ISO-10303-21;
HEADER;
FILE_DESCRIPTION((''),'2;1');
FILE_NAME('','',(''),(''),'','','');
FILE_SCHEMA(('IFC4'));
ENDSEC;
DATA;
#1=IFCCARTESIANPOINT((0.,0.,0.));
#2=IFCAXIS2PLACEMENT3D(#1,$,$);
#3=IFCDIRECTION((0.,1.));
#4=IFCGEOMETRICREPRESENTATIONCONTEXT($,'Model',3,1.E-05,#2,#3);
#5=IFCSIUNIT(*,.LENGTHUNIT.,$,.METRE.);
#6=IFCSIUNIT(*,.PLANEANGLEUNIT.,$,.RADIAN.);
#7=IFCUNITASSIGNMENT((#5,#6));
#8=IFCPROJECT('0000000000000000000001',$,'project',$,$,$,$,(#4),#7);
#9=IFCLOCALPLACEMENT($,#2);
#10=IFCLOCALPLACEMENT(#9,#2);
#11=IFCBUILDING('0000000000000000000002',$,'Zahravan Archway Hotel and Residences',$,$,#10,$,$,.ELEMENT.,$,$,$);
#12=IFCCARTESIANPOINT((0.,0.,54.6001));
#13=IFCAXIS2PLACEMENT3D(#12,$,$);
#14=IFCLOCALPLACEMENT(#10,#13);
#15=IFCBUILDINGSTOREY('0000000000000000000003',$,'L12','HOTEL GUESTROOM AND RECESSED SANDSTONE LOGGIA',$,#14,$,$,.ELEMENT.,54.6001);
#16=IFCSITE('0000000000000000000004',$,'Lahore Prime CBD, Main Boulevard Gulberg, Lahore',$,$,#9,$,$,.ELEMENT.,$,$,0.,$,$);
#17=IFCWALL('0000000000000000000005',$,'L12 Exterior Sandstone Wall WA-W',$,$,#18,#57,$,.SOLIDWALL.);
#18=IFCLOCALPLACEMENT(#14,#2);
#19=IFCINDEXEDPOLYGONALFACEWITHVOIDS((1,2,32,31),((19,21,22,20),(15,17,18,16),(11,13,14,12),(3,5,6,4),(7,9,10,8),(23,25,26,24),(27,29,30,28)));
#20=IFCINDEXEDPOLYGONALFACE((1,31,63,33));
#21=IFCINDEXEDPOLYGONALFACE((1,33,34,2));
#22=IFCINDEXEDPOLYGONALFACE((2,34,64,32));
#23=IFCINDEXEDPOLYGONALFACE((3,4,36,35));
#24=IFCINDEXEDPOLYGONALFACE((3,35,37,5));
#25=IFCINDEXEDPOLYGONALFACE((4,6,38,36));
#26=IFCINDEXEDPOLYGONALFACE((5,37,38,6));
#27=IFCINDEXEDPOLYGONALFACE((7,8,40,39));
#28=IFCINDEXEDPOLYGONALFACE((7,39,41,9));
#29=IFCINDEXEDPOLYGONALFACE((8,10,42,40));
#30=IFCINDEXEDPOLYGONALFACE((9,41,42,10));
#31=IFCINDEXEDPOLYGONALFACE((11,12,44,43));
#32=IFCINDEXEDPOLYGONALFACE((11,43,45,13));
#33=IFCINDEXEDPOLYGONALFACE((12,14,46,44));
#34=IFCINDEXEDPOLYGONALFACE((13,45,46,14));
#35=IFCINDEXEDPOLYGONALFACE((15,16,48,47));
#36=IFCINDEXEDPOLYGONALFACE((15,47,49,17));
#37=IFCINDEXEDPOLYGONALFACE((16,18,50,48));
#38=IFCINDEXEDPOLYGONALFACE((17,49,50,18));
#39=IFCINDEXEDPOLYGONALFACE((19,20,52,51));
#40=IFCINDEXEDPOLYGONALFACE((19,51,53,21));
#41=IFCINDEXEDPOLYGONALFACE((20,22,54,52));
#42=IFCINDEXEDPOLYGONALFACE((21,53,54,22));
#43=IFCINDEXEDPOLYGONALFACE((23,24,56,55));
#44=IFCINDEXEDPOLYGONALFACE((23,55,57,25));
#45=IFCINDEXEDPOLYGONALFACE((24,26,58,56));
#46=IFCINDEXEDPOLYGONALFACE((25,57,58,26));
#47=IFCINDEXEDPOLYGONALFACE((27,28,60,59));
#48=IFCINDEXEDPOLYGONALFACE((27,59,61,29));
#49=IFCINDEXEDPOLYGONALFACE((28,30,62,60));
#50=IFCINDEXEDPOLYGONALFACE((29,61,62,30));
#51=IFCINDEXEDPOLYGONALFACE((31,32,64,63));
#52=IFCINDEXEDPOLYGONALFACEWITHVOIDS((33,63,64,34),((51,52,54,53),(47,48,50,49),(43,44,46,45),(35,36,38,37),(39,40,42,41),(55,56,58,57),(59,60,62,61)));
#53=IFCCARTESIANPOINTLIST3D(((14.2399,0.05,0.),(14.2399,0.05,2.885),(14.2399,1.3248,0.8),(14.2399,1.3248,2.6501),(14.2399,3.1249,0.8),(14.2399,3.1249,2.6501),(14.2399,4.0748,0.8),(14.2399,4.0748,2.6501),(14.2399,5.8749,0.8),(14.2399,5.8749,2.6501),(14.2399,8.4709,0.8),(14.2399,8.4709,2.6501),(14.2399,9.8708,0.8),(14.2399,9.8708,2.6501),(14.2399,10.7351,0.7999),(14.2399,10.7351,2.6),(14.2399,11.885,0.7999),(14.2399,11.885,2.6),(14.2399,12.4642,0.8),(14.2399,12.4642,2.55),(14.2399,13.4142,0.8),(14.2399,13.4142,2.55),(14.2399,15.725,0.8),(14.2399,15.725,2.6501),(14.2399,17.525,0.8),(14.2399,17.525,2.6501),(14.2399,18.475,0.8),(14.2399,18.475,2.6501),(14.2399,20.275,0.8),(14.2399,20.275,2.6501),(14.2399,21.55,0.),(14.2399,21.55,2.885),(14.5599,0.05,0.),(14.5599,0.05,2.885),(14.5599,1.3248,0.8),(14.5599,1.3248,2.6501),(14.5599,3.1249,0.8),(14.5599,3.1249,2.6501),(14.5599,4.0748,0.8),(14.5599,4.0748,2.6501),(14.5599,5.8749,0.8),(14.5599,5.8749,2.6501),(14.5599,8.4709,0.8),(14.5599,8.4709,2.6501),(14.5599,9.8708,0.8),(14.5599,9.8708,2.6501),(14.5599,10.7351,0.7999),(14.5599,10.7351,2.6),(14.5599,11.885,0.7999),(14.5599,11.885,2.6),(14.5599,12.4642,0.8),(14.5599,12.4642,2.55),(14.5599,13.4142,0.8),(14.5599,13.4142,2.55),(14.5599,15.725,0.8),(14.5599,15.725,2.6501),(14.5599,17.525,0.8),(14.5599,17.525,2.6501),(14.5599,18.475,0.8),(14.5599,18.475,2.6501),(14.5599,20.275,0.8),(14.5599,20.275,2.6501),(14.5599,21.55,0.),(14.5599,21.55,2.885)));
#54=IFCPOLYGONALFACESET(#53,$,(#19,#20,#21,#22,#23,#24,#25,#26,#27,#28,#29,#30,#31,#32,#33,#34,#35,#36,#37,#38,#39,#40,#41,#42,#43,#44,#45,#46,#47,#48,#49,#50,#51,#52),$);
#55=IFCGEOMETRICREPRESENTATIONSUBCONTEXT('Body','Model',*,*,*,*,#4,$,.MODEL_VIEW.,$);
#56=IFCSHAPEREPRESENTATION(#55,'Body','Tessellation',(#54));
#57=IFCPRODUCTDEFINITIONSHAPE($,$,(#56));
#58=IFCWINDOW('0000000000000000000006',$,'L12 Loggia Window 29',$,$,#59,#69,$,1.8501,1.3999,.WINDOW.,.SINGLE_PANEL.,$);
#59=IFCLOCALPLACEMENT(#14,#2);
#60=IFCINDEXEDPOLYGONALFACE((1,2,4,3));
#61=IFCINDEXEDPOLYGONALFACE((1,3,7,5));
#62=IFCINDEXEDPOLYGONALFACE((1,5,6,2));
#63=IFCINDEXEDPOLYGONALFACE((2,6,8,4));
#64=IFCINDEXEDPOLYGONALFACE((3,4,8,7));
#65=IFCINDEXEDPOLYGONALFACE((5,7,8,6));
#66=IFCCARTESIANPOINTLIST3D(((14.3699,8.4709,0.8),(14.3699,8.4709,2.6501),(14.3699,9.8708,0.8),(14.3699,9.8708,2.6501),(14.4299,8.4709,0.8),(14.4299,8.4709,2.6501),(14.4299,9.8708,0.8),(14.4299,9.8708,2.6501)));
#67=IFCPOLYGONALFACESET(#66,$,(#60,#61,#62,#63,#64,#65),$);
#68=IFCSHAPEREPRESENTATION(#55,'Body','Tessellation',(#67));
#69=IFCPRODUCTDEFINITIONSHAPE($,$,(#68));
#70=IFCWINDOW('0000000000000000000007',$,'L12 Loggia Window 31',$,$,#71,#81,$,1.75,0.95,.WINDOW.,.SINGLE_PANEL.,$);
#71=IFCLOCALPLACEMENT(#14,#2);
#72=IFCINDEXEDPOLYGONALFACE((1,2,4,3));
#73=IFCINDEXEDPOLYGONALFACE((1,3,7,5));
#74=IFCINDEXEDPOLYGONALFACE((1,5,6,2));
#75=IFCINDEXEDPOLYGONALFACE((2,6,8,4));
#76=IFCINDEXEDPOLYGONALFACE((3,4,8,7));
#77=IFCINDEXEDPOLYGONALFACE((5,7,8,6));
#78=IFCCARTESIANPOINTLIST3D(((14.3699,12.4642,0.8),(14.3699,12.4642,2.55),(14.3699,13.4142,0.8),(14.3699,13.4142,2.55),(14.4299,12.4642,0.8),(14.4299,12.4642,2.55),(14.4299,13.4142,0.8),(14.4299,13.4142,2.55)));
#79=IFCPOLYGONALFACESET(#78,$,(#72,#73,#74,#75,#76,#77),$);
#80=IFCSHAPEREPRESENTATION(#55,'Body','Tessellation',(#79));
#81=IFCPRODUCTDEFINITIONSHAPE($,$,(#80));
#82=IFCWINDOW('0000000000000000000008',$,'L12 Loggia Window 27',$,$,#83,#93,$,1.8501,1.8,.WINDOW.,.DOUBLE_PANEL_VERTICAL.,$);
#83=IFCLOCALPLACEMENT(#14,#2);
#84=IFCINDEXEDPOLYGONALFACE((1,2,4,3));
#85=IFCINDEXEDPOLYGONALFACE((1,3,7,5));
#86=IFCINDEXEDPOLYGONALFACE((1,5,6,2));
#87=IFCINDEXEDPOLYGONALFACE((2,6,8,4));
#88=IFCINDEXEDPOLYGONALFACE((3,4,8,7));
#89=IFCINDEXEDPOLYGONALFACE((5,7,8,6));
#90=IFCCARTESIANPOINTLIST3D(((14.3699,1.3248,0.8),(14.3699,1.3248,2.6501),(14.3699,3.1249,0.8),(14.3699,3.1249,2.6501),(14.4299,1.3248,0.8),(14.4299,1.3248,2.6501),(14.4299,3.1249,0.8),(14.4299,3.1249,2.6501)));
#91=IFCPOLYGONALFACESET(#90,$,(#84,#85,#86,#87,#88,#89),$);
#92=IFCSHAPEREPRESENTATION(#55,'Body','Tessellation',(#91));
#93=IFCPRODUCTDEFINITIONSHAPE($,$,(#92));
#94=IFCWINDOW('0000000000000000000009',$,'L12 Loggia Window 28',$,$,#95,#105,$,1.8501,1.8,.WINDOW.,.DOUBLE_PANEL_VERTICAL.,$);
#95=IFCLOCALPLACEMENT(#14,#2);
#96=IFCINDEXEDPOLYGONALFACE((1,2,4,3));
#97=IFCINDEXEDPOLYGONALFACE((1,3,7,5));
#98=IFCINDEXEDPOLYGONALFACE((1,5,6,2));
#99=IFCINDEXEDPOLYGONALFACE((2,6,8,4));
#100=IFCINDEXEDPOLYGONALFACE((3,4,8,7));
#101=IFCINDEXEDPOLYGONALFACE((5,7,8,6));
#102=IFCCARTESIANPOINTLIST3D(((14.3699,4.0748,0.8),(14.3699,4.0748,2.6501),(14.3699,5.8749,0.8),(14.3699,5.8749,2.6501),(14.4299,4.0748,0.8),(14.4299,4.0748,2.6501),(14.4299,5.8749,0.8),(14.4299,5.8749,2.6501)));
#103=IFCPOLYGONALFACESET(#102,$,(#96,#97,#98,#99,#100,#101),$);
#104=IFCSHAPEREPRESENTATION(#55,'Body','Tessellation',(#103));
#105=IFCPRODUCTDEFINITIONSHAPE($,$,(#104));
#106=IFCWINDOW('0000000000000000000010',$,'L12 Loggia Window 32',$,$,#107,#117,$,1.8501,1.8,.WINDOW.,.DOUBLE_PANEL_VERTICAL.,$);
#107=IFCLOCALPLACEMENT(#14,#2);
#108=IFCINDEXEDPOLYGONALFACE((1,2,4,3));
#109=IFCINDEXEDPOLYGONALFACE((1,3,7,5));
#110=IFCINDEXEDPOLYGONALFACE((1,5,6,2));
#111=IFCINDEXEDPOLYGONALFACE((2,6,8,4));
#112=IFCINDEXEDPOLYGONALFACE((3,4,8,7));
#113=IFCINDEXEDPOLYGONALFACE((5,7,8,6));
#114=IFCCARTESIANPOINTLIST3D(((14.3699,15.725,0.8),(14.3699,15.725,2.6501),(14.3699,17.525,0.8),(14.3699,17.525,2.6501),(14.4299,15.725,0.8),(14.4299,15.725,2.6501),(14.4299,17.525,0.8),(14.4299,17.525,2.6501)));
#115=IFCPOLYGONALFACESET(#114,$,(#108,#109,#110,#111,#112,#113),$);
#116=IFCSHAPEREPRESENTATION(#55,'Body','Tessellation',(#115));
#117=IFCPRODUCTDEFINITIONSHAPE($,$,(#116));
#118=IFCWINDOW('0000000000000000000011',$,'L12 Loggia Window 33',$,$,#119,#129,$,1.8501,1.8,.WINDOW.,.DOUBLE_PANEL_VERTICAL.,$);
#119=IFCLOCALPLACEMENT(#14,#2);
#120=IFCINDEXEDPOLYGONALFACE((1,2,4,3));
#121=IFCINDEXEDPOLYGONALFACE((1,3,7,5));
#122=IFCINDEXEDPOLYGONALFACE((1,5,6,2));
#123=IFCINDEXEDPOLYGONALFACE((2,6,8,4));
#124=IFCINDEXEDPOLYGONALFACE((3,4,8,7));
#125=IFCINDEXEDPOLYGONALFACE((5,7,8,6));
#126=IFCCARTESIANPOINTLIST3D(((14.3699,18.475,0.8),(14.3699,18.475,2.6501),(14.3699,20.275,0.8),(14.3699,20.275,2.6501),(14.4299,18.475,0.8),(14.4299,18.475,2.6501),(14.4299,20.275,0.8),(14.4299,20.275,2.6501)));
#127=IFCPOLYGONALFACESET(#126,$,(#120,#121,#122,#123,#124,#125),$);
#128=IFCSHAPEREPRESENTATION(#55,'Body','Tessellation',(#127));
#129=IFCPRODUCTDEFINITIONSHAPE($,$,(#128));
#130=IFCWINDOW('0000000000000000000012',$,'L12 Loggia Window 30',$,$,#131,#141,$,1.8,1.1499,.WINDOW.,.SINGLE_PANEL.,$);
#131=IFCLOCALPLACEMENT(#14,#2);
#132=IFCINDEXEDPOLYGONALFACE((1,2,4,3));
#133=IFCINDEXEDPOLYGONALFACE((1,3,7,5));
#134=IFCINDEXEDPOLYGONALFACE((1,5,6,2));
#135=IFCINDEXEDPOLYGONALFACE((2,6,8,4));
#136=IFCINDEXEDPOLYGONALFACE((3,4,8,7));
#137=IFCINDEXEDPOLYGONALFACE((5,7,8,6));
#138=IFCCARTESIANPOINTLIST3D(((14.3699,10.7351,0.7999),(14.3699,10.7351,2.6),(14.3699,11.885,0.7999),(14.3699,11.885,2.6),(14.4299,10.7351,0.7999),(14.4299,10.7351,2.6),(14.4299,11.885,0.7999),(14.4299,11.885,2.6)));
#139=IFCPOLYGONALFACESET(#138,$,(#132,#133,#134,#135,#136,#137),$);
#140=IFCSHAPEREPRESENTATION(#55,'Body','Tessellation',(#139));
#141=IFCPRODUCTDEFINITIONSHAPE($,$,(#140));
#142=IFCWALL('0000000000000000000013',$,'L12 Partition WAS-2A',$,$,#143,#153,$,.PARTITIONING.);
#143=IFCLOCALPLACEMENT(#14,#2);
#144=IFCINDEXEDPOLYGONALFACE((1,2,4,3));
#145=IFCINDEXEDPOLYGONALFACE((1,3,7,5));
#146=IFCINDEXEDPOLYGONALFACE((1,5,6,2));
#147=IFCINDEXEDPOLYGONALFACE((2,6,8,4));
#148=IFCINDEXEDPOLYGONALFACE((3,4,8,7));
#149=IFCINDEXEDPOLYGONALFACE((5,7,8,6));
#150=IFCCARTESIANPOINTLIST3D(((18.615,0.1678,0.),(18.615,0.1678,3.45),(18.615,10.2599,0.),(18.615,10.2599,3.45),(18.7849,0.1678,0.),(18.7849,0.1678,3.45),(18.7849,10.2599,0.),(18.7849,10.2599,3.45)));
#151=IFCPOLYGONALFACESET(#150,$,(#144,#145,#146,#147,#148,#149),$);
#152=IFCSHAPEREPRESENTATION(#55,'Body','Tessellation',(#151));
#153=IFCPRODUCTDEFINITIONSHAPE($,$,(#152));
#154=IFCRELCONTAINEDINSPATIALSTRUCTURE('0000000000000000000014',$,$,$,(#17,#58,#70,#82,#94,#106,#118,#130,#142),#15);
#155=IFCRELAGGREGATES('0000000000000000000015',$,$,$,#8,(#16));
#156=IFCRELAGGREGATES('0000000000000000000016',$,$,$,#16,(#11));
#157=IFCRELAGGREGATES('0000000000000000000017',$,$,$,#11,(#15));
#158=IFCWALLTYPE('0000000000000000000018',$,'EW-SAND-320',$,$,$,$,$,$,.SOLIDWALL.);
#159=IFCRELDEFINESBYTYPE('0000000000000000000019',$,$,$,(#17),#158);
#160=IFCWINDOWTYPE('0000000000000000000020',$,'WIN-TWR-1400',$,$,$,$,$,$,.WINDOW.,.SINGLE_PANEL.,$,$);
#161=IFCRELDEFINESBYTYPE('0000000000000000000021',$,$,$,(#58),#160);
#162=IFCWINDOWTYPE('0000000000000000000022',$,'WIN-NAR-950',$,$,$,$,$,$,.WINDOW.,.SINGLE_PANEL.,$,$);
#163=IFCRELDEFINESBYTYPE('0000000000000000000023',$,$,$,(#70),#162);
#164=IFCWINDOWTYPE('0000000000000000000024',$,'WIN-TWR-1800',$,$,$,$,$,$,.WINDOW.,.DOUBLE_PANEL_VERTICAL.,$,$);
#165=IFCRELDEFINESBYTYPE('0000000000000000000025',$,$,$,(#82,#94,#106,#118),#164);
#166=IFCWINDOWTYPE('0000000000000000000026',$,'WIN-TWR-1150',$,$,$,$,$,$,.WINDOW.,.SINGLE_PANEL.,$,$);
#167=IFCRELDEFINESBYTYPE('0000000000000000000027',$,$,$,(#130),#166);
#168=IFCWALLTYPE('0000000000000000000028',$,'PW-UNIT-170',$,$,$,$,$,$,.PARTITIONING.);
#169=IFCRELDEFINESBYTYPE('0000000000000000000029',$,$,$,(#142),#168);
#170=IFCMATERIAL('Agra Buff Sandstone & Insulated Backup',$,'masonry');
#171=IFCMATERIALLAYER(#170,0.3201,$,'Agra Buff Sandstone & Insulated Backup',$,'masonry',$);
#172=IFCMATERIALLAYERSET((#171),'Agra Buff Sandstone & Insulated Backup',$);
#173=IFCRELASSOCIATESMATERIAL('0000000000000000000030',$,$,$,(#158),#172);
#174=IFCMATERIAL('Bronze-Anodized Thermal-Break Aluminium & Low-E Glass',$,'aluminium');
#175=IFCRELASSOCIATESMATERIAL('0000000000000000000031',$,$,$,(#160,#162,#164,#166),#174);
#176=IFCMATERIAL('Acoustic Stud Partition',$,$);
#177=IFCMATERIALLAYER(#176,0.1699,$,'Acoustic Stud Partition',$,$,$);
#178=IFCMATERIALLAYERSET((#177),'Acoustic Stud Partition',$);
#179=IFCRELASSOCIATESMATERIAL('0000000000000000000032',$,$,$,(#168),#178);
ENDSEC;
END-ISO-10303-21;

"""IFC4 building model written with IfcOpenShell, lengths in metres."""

from ifc_helpers import new_model, si_unit, direction, frame, frame_2d, origin, place, context, subcontext, project, spatial, rectangle, extrude, source, transform, mapped, material, layer, layer_set, type_object, type_shapes, element, fill, save


model = new_model("IFC4")

# Units and contexts
model_context = context("Model", 3, precision=1e-05, world=origin(), true_north=direction((0.0, 1.0)))
body_context = subcontext(model_context, "Body", "Model", "MODEL_VIEW")
ifc_project = project(units=[si_unit("LENGTHUNIT", "METRE"), si_unit("PLANEANGLEUNIT", "RADIAN")], contexts=[model_context])

# Site, building, storey
site_placement = place(None, origin())
site = spatial("IfcSite", under=ifc_project, at=site_placement, Name="Lahore Prime CBD, Main Boulevard Gulberg, Lahore", CompositionType="ELEMENT", RefElevation=0.0)
building_placement = place(site_placement, origin())
building = spatial("IfcBuilding", under=site, at=building_placement, Name="Zahravan Archway Hotel and Residences", CompositionType="ELEMENT")
storey_placement = place(building_placement, frame((0.0, 0.0, 54.6001)))
storey = spatial("IfcBuildingStorey", under=building, at=storey_placement, Name="L12", Description="HOTEL GUESTROOM AND RECESSED SANDSTONE LOGGIA", CompositionType="ELEMENT", Elevation=54.6001)

# Shared definitions
ifc_material_1 = material(Name="Agra Buff Sandstone & Insulated Backup", Category="masonry")
ifc_layer_1 = layer(ifc_material_1, 0.3201, Name="Agra Buff Sandstone & Insulated Backup", Category="masonry")
ifc_layer_set_1 = layer_set([ifc_layer_1], Name="Agra Buff Sandstone & Insulated Backup")
wall_type_1 = type_object("IfcWallType", Name="EW-SAND-320", PredefinedType="SOLIDWALL", material=ifc_layer_set_1)
ifc_material_2 = material(Name="Bronze-Anodized Thermal-Break Aluminium & Low-E Glass", Category="aluminium")
window_type_1 = type_object("IfcWindowType", Name="WIN-TWR-1400", PartitioningType="SINGLE_PANEL", PredefinedType="WINDOW", material=ifc_material_2)
shared_shape_1 = source(origin(), body_context, "Body", "SweptSolid", [
    extrude(rectangle(XDim=1.3999, YDim=1.8501, at=frame_2d((0.7, 0.925))), frame((0.0, 0.03, 0.0), z_axis=(0.0, -1.0, 0.0), x_axis=(1.0, 0.0, 0.0)), (0.0, 0.0, 1.0), 0.0601),
])
type_shapes(window_type_1, [shared_shape_1])
window_type_2 = type_object("IfcWindowType", Name="WIN-NAR-950", PartitioningType="SINGLE_PANEL", PredefinedType="WINDOW", material=ifc_material_2)
shared_shape_2 = source(origin(), body_context, "Body", "SweptSolid", [
    extrude(rectangle(XDim=0.95, YDim=1.75, at=frame_2d((0.4751, 0.875))), frame((0.0, 0.03, 0.0), z_axis=(0.0, -1.0, 0.0), x_axis=(1.0, 0.0, 0.0)), (0.0, 0.0, 1.0), 0.0601),
])
type_shapes(window_type_2, [shared_shape_2])
window_type_3 = type_object("IfcWindowType", Name="WIN-TWR-1800", PartitioningType="DOUBLE_PANEL_VERTICAL", PredefinedType="WINDOW", material=ifc_material_2)
shared_shape_3 = source(origin(), body_context, "Body", "SweptSolid", [
    extrude(rectangle(XDim=1.8, YDim=1.8501, at=frame_2d((0.8999, 0.925))), frame((0.0, 0.03, 0.0), z_axis=(0.0, -1.0, 0.0), x_axis=(1.0, 0.0, 0.0)), (0.0, 0.0, 1.0), 0.0601),
])
type_shapes(window_type_3, [shared_shape_3])

# Wall, openings, windows
wall_1_placement = place(storey_placement, frame((14.3999, 0.05, 0.0), z_axis=(0.0, 0.0, 1.0), x_axis=(0.0, 1.0, 0.0)))
wall_1 = element("IfcWall", 1, at=wall_1_placement, inside=storey, type_object=wall_type_1, Name="L12 Exterior Sandstone Wall WA-W", PredefinedType="SOLIDWALL", context=body_context, shape_type="SweptSolid", body=[
    extrude(rectangle(XDim=21.5, YDim=0.3201, at=frame_2d((10.75, 0.0))), origin(), (0.0, 0.0, 1.0), 2.885),
])
opening_1_placement = place(wall_1_placement, frame((1.2749, 0.0, 0.8)))
opening_1 = element("IfcOpeningElement", 2, at=opening_1_placement, cuts=wall_1, PredefinedType="OPENING", context=body_context, shape_type="SweptSolid", body=[
    extrude(rectangle(XDim=1.8, YDim=1.8501, at=frame_2d((0.8999, 0.925))), frame((0.0, 0.1699, 0.0), z_axis=(0.0, -1.0, 0.0), x_axis=(1.0, 0.0, 0.0)), (0.0, 0.0, 1.0), 0.3401),
])
opening_2_placement = place(wall_1_placement, frame((4.0249, 0.0, 0.8)))
opening_2 = element("IfcOpeningElement", 3, at=opening_2_placement, cuts=wall_1, PredefinedType="OPENING", context=body_context, shape_type="SweptSolid", body=[
    extrude(rectangle(XDim=1.8, YDim=1.8501, at=frame_2d((0.8999, 0.925))), frame((0.0, 0.1699, 0.0), z_axis=(0.0, -1.0, 0.0), x_axis=(1.0, 0.0, 0.0)), (0.0, 0.0, 1.0), 0.3401),
])
opening_3_placement = place(wall_1_placement, frame((8.4209, 0.0, 0.8)))
opening_3 = element("IfcOpeningElement", 4, at=opening_3_placement, cuts=wall_1, PredefinedType="OPENING", context=body_context, shape_type="SweptSolid", body=[
    extrude(rectangle(XDim=1.3999, YDim=1.8501, at=frame_2d((0.7, 0.925))), frame((0.0, 0.1699, 0.0), z_axis=(0.0, -1.0, 0.0), x_axis=(1.0, 0.0, 0.0)), (0.0, 0.0, 1.0), 0.3401),
])
opening_4_placement = place(wall_1_placement, frame((10.6851, 0.0, 0.8)))
opening_4 = element("IfcOpeningElement", 5, at=opening_4_placement, cuts=wall_1, PredefinedType="OPENING", context=body_context, shape_type="SweptSolid", body=[
    extrude(rectangle(XDim=1.1499, YDim=1.8, at=frame_2d((0.575, 0.8999))), frame((0.0, 0.1699, 0.0), z_axis=(0.0, -1.0, 0.0), x_axis=(1.0, 0.0, 0.0)), (0.0, 0.0, 1.0), 0.3401),
])
opening_5_placement = place(wall_1_placement, frame((12.4141, 0.0, 0.8)))
opening_5 = element("IfcOpeningElement", 6, at=opening_5_placement, cuts=wall_1, PredefinedType="OPENING", context=body_context, shape_type="SweptSolid", body=[
    extrude(rectangle(XDim=0.95, YDim=1.75, at=frame_2d((0.4751, 0.875))), frame((0.0, 0.1699, 0.0), z_axis=(0.0, -1.0, 0.0), x_axis=(1.0, 0.0, 0.0)), (0.0, 0.0, 1.0), 0.3401),
])
opening_6_placement = place(wall_1_placement, frame((15.675, 0.0, 0.8)))
opening_6 = element("IfcOpeningElement", 7, at=opening_6_placement, cuts=wall_1, PredefinedType="OPENING", context=body_context, shape_type="SweptSolid", body=[
    extrude(rectangle(XDim=1.8, YDim=1.8501, at=frame_2d((0.8999, 0.925))), frame((0.0, 0.1699, 0.0), z_axis=(0.0, -1.0, 0.0), x_axis=(1.0, 0.0, 0.0)), (0.0, 0.0, 1.0), 0.3401),
])
opening_7_placement = place(wall_1_placement, frame((18.425, 0.0, 0.8)))
opening_7 = element("IfcOpeningElement", 8, at=opening_7_placement, cuts=wall_1, PredefinedType="OPENING", context=body_context, shape_type="SweptSolid", body=[
    extrude(rectangle(XDim=1.8, YDim=1.8501, at=frame_2d((0.8999, 0.925))), frame((0.0, 0.1699, 0.0), z_axis=(0.0, -1.0, 0.0), x_axis=(1.0, 0.0, 0.0)), (0.0, 0.0, 1.0), 0.3401),
])
window_1_placement = place(opening_3_placement, origin())
window_1 = element("IfcWindow", 9, at=window_1_placement, inside=storey, type_object=window_type_1, Name="L12 Loggia Window 29", OverallHeight=1.8501, OverallWidth=1.3999, PartitioningType="SINGLE_PANEL", PredefinedType="WINDOW", context=body_context, shape_type="MappedRepresentation", body=[
    mapped(shared_shape_1, transform((0.0, 0.0, 0.0), scale=1.0)),
])
fill(opening_3, window_1)
window_2_placement = place(opening_5_placement, origin())
window_2 = element("IfcWindow", 10, at=window_2_placement, inside=storey, type_object=window_type_2, Name="L12 Loggia Window 31", OverallHeight=1.75, OverallWidth=0.95, PartitioningType="SINGLE_PANEL", PredefinedType="WINDOW", context=body_context, shape_type="MappedRepresentation", body=[
    mapped(shared_shape_2, transform((0.0, 0.0, 0.0), scale=1.0)),
])
fill(opening_5, window_2)
window_3_placement = place(opening_1_placement, origin())
window_3 = element("IfcWindow", 11, at=window_3_placement, inside=storey, type_object=window_type_3, Name="L12 Loggia Window 27", OverallHeight=1.8501, OverallWidth=1.8, PartitioningType="DOUBLE_PANEL_VERTICAL", PredefinedType="WINDOW", context=body_context, shape_type="MappedRepresentation", body=[
    mapped(shared_shape_3, transform((0.0, 0.0, 0.0), scale=1.0)),
])
fill(opening_1, window_3)
window_4_placement = place(opening_2_placement, origin())
window_4 = element("IfcWindow", 12, at=window_4_placement, inside=storey, type_object=window_type_3, Name="L12 Loggia Window 28", OverallHeight=1.8501, OverallWidth=1.8, PartitioningType="DOUBLE_PANEL_VERTICAL", PredefinedType="WINDOW", context=body_context, shape_type="MappedRepresentation", body=[
    mapped(shared_shape_3, transform((0.0, 0.0, 0.0), scale=1.0)),
])
fill(opening_2, window_4)
window_5_placement = place(opening_6_placement, origin())
window_5 = element("IfcWindow", 13, at=window_5_placement, inside=storey, type_object=window_type_3, Name="L12 Loggia Window 32", OverallHeight=1.8501, OverallWidth=1.8, PartitioningType="DOUBLE_PANEL_VERTICAL", PredefinedType="WINDOW", context=body_context, shape_type="MappedRepresentation", body=[
    mapped(shared_shape_3, transform((0.0, 0.0, 0.0), scale=1.0)),
])
fill(opening_6, window_5)
window_6_placement = place(opening_7_placement, origin())
window_6 = element("IfcWindow", 14, at=window_6_placement, inside=storey, type_object=window_type_3, Name="L12 Loggia Window 33", OverallHeight=1.8501, OverallWidth=1.8, PartitioningType="DOUBLE_PANEL_VERTICAL", PredefinedType="WINDOW", context=body_context, shape_type="MappedRepresentation", body=[
    mapped(shared_shape_3, transform((0.0, 0.0, 0.0), scale=1.0)),
])
fill(opening_7, window_6)
window_type_4 = type_object("IfcWindowType", Name="WIN-TWR-1150", PartitioningType="SINGLE_PANEL", PredefinedType="WINDOW", material=ifc_material_2)
shared_shape_4 = source(origin(), body_context, "Body", "SweptSolid", [
    extrude(rectangle(XDim=1.1499, YDim=1.8, at=frame_2d((0.575, 0.8999))), frame((0.0, 0.03, 0.0), z_axis=(0.0, -1.0, 0.0), x_axis=(1.0, 0.0, 0.0)), (0.0, 0.0, 1.0), 0.0601),
])
type_shapes(window_type_4, [shared_shape_4])
window_7_placement = place(opening_4_placement, origin())
window_7 = element("IfcWindow", 15, at=window_7_placement, inside=storey, type_object=window_type_4, Name="L12 Loggia Window 30", OverallHeight=1.8, OverallWidth=1.1499, PartitioningType="SINGLE_PANEL", PredefinedType="WINDOW", context=body_context, shape_type="MappedRepresentation", body=[
    mapped(shared_shape_4, transform((0.0, 0.0, 0.0), scale=1.0)),
])
fill(opening_4, window_7)

# Wall
ifc_material_3 = material(Name="Acoustic Stud Partition")
ifc_layer_2 = layer(ifc_material_3, 0.1699, Name="Acoustic Stud Partition")
ifc_layer_set_2 = layer_set([ifc_layer_2], Name="Acoustic Stud Partition")
wall_type_2 = type_object("IfcWallType", Name="PW-UNIT-170", PredefinedType="PARTITIONING", material=ifc_layer_set_2)
wall_2_placement = place(storey_placement, frame((18.7, 0.168, 0.0), z_axis=(0.0, 0.0, 1.0), x_axis=(0.0, 1.0, 0.0)))
element("IfcWall", 16, at=wall_2_placement, inside=storey, type_object=wall_type_2, Name="L12 Partition WAS-2A", PredefinedType="PARTITIONING", context=body_context, shape_type="SweptSolid", body=[
    extrude(rectangle(XDim=10.092, YDim=0.1699, at=frame_2d((5.0459, 0.0))), origin(), (0.0, 0.0, 1.0), 3.45),
])

save(model, "model.ifc")
